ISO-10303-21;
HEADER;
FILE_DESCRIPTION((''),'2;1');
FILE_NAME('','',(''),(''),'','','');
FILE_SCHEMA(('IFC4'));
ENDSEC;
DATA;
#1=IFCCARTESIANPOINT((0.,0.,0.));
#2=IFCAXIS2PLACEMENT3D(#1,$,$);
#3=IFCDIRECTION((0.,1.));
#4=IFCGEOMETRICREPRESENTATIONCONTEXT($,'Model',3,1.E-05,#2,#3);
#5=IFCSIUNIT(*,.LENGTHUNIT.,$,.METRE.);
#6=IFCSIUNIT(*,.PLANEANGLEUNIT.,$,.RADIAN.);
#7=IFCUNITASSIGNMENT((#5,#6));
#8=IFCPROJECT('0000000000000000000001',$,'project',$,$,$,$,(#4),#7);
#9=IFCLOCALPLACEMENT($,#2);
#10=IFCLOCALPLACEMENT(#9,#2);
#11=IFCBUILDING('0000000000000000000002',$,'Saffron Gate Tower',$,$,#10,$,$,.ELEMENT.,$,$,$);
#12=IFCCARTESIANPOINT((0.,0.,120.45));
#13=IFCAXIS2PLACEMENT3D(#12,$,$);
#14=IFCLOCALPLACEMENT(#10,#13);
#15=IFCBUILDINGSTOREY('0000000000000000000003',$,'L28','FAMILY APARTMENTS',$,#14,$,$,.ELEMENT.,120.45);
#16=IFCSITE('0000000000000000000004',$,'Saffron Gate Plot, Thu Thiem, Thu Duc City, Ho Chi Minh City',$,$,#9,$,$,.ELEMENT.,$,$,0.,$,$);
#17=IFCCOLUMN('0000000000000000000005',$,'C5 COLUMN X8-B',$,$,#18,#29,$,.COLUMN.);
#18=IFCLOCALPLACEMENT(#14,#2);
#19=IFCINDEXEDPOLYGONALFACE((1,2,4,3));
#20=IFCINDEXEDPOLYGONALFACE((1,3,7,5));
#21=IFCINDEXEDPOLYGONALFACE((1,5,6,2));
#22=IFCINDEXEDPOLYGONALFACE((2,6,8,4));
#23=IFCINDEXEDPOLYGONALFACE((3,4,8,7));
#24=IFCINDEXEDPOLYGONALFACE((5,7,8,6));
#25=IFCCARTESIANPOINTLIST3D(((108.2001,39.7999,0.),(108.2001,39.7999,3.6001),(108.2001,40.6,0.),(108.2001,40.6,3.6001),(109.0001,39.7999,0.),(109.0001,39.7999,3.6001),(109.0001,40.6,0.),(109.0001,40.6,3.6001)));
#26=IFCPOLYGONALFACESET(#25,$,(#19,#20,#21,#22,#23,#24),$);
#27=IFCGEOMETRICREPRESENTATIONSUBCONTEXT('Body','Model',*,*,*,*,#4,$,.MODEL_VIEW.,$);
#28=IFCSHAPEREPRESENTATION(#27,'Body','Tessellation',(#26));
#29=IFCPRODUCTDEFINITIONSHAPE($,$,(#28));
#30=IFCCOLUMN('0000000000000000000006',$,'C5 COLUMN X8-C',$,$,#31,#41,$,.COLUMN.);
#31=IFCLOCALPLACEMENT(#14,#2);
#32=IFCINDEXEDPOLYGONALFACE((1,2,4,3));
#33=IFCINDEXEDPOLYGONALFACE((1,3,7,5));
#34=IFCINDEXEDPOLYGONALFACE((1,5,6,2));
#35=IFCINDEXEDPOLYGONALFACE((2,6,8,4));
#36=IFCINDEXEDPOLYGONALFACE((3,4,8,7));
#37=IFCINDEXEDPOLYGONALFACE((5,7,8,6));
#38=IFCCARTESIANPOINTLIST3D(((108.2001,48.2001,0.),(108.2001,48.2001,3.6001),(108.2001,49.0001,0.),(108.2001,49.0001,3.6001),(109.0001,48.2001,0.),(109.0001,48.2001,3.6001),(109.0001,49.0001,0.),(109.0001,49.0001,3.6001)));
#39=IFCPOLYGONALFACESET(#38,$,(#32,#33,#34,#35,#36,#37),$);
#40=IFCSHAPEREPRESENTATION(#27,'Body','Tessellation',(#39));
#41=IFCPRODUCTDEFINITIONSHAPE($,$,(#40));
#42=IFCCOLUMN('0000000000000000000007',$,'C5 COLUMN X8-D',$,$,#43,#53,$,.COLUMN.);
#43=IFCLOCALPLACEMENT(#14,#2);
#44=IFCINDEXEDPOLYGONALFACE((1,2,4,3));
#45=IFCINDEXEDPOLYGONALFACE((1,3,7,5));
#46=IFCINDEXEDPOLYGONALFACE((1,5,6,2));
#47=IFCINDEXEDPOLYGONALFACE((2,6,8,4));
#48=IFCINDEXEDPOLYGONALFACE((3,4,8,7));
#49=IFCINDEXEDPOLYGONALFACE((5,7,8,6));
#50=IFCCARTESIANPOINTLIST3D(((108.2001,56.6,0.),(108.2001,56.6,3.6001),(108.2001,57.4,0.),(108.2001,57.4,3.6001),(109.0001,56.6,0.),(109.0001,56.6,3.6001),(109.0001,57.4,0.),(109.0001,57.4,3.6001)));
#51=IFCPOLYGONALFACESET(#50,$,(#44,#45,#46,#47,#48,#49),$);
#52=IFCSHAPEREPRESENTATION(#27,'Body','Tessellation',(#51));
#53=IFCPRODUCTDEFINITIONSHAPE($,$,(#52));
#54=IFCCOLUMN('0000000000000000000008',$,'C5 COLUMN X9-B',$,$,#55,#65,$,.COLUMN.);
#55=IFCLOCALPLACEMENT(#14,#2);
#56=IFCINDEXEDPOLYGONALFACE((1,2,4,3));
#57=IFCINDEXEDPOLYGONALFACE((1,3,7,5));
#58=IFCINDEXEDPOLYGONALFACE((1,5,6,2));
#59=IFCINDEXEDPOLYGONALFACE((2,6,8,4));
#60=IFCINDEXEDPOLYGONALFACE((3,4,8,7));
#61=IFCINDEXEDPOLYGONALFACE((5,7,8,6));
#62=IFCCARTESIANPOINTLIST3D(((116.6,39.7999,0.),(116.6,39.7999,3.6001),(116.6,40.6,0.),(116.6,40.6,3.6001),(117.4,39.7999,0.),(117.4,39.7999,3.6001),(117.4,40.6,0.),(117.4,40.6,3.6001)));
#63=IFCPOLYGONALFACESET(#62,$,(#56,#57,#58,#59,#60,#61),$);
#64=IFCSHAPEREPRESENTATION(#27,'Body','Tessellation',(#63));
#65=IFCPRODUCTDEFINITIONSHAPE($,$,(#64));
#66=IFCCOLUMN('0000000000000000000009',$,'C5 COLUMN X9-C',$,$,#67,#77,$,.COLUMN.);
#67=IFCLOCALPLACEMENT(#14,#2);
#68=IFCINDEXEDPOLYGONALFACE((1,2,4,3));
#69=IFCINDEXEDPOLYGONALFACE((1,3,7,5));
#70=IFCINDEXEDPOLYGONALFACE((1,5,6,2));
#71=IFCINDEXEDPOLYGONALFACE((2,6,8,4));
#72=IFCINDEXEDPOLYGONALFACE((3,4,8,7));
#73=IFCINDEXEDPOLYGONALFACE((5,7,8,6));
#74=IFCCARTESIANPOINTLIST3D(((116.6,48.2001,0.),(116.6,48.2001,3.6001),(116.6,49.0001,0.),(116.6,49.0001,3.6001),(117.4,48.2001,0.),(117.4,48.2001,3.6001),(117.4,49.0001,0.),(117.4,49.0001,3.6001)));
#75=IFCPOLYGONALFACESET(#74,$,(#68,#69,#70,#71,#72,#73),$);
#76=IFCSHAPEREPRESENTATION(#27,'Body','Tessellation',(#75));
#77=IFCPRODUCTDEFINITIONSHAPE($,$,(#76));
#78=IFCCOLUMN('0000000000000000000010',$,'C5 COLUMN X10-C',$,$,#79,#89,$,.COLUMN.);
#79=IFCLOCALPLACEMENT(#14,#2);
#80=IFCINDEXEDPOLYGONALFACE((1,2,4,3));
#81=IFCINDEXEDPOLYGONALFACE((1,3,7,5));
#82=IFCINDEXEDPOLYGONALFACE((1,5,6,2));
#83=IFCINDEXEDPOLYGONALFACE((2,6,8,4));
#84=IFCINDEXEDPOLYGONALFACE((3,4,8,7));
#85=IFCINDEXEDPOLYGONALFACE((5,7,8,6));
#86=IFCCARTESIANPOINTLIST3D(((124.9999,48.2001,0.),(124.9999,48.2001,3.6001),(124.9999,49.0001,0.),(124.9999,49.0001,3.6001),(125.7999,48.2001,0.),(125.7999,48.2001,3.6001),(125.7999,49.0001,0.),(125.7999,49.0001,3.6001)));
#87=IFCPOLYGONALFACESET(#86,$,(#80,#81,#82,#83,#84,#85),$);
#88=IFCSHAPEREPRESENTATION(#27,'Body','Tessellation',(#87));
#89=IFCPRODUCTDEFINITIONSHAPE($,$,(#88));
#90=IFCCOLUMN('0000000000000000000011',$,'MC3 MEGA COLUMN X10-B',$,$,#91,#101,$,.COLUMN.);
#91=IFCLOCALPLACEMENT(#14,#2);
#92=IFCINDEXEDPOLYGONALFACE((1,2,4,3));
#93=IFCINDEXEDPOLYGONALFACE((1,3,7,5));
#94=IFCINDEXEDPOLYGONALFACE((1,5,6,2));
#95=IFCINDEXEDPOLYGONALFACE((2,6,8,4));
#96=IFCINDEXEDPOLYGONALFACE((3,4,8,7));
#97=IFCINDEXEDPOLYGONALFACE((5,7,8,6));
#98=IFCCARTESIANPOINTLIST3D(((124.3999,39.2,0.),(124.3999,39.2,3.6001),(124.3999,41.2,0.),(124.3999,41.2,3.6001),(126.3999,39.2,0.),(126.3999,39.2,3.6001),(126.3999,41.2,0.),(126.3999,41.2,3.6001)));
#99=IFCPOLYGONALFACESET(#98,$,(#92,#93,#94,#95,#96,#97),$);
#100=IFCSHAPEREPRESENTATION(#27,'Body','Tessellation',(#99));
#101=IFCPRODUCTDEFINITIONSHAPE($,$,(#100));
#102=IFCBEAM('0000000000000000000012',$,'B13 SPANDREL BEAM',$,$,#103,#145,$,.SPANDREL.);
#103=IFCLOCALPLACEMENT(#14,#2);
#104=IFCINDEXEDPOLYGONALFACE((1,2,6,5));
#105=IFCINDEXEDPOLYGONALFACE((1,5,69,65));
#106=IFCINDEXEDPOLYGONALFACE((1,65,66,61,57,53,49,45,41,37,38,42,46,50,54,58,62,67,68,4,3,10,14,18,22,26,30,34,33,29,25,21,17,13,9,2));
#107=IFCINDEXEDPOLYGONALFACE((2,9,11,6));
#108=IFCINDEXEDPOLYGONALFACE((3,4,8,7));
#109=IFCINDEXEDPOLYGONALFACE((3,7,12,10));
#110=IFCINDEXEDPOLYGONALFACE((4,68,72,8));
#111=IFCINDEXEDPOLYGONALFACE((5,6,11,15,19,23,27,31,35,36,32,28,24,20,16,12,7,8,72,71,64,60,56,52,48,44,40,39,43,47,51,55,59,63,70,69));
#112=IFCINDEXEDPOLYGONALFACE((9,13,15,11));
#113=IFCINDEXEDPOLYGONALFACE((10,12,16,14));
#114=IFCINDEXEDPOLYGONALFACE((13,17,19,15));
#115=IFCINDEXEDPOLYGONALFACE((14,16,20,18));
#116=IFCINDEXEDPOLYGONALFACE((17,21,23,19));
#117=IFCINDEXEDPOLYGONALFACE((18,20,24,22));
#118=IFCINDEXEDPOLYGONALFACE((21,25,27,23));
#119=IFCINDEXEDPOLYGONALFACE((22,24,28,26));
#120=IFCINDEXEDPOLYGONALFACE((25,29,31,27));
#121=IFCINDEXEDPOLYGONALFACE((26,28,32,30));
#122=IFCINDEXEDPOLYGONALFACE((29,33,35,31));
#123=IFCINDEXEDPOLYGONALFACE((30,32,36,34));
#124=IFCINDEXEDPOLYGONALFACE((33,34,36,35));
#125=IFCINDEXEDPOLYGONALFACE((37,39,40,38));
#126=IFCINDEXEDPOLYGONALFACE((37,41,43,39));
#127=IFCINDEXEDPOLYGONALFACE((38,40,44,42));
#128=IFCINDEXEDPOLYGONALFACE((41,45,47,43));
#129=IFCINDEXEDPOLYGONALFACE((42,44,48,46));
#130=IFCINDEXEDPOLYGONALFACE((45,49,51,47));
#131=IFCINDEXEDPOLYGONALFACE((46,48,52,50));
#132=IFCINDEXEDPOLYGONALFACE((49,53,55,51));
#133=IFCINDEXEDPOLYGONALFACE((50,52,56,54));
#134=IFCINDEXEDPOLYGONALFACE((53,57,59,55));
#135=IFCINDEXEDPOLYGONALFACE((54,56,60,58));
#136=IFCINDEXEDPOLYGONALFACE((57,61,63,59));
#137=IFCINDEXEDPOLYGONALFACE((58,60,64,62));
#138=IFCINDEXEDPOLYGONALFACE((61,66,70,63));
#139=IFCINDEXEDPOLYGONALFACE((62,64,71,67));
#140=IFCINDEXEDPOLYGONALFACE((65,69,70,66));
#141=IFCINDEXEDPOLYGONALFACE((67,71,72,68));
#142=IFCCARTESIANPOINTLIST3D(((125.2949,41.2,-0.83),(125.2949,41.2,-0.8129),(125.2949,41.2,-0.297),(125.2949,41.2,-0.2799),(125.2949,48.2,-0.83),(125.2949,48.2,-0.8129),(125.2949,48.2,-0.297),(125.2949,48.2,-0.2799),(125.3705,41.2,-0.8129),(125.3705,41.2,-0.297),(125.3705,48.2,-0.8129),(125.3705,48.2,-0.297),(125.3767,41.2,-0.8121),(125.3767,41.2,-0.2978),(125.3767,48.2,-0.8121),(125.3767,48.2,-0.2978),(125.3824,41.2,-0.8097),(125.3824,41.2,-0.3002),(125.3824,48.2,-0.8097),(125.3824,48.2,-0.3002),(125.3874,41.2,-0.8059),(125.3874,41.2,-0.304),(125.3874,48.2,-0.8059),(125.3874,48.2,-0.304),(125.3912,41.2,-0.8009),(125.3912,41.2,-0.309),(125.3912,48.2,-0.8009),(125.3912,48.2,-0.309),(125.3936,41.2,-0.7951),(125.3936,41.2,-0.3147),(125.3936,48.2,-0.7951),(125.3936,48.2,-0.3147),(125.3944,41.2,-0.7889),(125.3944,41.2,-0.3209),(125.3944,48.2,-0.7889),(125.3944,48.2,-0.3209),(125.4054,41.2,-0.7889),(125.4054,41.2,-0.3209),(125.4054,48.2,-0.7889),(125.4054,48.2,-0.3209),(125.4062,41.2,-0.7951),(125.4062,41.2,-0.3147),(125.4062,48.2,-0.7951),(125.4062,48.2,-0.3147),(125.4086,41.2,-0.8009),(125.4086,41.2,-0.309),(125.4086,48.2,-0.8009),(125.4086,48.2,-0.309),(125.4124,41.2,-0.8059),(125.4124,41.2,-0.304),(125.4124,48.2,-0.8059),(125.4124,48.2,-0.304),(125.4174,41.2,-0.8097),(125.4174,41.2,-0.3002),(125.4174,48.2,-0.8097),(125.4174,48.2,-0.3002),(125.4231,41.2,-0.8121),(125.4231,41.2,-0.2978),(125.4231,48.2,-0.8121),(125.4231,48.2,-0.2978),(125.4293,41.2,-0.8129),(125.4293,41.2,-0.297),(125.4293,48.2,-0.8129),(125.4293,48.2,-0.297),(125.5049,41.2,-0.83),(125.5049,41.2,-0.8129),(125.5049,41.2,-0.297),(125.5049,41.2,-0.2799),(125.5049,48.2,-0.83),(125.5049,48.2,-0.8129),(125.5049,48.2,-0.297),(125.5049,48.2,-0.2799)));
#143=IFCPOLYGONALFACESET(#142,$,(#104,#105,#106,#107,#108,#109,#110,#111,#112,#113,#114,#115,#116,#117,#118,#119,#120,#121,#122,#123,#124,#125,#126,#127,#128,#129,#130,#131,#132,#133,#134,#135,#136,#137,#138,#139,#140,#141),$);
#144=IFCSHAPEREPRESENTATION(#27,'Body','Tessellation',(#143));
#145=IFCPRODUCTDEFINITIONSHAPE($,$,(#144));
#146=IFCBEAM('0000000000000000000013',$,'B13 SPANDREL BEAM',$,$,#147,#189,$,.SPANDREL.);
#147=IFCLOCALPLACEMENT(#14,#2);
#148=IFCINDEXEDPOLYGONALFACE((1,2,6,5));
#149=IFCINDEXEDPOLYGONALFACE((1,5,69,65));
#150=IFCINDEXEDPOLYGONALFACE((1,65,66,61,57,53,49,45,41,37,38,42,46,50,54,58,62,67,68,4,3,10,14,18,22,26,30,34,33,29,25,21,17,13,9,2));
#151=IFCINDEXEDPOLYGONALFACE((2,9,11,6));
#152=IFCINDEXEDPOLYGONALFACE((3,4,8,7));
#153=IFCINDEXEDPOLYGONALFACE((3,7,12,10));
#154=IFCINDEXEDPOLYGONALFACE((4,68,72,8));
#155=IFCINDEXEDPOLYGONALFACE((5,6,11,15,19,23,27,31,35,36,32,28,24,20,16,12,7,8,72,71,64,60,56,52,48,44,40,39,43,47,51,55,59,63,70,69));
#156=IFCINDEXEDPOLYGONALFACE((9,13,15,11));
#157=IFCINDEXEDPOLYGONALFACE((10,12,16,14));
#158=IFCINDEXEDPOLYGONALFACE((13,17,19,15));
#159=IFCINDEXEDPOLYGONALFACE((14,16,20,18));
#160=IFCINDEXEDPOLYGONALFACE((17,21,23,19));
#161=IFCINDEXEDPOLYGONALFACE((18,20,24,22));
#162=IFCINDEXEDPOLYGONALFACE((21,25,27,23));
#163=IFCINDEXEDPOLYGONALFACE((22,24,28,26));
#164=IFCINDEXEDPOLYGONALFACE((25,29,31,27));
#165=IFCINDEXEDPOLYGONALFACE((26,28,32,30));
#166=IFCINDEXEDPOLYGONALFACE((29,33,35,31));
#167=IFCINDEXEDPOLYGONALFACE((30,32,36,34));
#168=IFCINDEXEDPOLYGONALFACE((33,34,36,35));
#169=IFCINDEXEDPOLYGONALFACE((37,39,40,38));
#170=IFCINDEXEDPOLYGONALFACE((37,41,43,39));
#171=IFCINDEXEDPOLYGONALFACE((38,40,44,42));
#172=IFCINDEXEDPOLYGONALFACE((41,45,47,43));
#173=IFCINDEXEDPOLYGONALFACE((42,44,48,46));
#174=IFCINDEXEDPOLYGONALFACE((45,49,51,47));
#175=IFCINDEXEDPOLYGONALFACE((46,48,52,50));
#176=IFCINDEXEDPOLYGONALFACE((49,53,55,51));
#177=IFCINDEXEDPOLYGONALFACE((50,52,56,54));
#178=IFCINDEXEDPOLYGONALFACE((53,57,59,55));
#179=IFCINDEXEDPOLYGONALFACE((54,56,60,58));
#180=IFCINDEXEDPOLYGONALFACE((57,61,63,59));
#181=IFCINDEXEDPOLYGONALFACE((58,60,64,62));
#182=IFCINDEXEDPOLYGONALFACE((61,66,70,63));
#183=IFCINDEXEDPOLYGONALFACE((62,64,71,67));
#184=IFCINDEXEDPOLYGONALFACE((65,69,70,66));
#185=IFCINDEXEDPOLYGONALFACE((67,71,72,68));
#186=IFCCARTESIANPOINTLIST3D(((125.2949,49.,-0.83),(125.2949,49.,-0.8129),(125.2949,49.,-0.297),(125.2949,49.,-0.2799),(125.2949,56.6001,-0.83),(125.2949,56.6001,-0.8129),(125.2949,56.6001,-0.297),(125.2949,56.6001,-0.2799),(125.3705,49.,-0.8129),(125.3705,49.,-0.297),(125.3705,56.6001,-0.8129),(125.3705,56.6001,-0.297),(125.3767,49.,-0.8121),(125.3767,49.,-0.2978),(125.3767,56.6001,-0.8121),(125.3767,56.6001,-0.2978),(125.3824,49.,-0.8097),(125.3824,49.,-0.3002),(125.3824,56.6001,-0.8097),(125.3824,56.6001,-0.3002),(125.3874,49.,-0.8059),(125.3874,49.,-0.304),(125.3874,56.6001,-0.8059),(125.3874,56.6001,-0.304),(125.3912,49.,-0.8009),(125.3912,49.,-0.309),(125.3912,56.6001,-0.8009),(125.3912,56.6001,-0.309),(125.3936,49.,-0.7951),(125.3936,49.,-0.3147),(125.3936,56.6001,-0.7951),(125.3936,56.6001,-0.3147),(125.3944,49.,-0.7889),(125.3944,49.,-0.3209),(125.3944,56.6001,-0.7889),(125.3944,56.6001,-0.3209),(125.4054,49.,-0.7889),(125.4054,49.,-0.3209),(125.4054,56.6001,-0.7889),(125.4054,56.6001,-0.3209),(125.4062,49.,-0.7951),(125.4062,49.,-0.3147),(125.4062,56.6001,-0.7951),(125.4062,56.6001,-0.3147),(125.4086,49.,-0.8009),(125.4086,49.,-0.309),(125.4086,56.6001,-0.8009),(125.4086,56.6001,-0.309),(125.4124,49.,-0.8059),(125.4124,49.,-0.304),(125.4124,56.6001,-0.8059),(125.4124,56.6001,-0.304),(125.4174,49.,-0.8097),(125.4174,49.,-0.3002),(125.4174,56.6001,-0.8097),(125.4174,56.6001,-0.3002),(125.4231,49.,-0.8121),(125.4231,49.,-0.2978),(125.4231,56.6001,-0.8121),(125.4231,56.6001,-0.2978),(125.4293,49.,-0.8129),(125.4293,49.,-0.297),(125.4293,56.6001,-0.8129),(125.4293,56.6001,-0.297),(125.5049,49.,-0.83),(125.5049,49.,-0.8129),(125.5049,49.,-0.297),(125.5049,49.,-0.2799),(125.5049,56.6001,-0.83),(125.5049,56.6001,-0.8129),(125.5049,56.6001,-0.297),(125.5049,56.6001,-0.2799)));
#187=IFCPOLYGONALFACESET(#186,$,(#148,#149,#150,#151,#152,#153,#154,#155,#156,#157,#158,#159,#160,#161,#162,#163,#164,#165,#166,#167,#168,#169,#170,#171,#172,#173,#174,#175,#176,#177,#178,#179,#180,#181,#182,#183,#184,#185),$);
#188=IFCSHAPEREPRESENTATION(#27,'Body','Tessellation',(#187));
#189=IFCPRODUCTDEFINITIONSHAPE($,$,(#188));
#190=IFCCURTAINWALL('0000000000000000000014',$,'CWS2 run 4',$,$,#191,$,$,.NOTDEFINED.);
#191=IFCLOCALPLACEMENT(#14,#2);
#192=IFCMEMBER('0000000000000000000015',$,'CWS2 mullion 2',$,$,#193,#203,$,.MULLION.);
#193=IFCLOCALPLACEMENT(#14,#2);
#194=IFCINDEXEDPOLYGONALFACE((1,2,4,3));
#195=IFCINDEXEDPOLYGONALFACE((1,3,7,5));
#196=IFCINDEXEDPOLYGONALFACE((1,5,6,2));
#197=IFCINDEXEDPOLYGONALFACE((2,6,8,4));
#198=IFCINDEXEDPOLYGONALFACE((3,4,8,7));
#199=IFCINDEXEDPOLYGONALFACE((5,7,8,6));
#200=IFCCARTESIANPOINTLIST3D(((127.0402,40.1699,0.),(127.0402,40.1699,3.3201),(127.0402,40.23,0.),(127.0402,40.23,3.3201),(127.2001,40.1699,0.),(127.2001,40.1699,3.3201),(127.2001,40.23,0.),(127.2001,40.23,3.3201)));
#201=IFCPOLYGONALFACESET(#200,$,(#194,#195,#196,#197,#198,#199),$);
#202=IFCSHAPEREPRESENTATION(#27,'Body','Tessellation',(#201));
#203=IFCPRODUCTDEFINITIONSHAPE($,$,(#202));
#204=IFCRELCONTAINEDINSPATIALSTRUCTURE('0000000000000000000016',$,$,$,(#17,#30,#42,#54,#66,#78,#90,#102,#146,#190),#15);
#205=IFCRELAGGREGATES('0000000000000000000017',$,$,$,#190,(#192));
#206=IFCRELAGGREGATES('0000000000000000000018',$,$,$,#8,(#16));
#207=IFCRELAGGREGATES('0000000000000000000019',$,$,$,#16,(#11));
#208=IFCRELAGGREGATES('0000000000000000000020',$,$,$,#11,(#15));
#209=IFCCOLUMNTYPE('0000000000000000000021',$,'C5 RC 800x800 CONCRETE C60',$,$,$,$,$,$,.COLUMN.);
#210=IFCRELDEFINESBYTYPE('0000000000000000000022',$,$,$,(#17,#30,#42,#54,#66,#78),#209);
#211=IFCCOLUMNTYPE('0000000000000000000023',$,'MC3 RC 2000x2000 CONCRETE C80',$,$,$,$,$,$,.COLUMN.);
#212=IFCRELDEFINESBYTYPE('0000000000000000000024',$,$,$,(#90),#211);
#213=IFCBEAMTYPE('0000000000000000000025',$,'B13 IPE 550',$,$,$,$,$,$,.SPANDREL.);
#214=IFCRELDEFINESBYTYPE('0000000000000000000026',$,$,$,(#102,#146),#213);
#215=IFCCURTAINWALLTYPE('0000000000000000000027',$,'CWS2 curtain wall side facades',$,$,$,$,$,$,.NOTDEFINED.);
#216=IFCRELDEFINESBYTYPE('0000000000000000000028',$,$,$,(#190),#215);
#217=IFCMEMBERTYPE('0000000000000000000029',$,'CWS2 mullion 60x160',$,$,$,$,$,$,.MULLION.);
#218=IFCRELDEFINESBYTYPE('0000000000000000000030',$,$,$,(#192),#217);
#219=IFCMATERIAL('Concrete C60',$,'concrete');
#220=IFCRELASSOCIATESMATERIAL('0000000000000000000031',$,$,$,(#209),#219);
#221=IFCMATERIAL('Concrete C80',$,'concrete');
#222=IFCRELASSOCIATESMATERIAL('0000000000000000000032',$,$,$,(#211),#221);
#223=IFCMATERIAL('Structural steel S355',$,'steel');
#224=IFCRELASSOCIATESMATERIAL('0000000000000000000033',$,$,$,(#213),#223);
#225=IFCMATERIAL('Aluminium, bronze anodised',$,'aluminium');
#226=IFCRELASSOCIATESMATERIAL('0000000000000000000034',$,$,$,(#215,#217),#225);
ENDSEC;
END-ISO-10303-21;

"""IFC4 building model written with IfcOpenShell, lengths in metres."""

from ifc_helpers import new_model, si_unit, direction, frame, origin, origin_2d, place, context, subcontext, project, spatial, rectangle, i_section, extrude, material, material_profile, profile_set, type_object, element, aggregate, save


model = new_model("IFC4")

# Units and contexts
model_context = context("Model", 3, precision=1e-05, world=origin(), true_north=direction((0.0, 1.0)))
body_context = subcontext(model_context, "Body", "Model", "MODEL_VIEW")
ifc_project = project(units=[si_unit("LENGTHUNIT", "METRE"), si_unit("PLANEANGLEUNIT", "RADIAN")], contexts=[model_context])

# Site, building, storey
site_placement = place(None, origin())
site = spatial("IfcSite", under=ifc_project, at=site_placement, Name="Saffron Gate Plot, Thu Thiem, Thu Duc City, Ho Chi Minh City", CompositionType="ELEMENT", RefElevation=0.0)
building_placement = place(site_placement, origin())
building = spatial("IfcBuilding", under=site, at=building_placement, Name="Saffron Gate Tower", CompositionType="ELEMENT")
storey_placement = place(building_placement, frame((0.0, 0.0, 120.45)))
storey = spatial("IfcBuildingStorey", under=building, at=storey_placement, Name="L28", Description="FAMILY APARTMENTS", CompositionType="ELEMENT", Elevation=120.45)

# Columns
ifc_material_1 = material(Name="Concrete C60", Category="concrete")
ifc_material_profile_1 = material_profile(ifc_material_1, rectangle(XDim=0.8, YDim=0.8, at=origin_2d()))
ifc_profile_set_1 = profile_set([ifc_material_profile_1], Name="Concrete C60")
column_type_1 = type_object("IfcColumnType", Name="C5 RC 800x800 CONCRETE C60", PredefinedType="COLUMN", material=ifc_profile_set_1)
for number, where, z_axis, x_axis, name in (
    (1, (108.6001, 40.2, 0.0), (0.0, 0.0, 1.0), (1.0, 0.0, 0.0), "C5 COLUMN X8-B"),
    (2, (108.6001, 48.6001, 0.0), (0.0, 0.0, 1.0), (1.0, 0.0, 0.0), "C5 COLUMN X8-C"),
    (3, (108.6001, 57.0, 0.0), (0.0, 0.0, 1.0), (1.0, 0.0, 0.0), "C5 COLUMN X8-D"),
    (4, (117.0, 40.2, 0.0), (0.0, 0.0, 1.0), (1.0, 0.0, 0.0), "C5 COLUMN X9-B"),
    (5, (117.0, 48.6001, 0.0), (0.0, 0.0, 1.0), (1.0, 0.0, 0.0), "C5 COLUMN X9-C"),
    (6, (125.3999, 48.6001, 0.0), (0.0, 0.0, 1.0), (1.0, 0.0, 0.0), "C5 COLUMN X10-C"),
):
    element("IfcColumn", number, at=place(storey_placement, frame(where, z_axis=z_axis, x_axis=x_axis)), inside=storey, type_object=column_type_1, Name=name, PredefinedType="COLUMN", context=body_context, shape_type="SweptSolid", body=[
        extrude(rectangle(XDim=0.8, YDim=0.8, at=origin_2d()), origin(), (0.0, 0.0, 1.0), 3.6001),
    ])
ifc_material_2 = material(Name="Concrete C80", Category="concrete")
ifc_material_profile_2 = material_profile(ifc_material_2, rectangle(XDim=2.0, YDim=2.0, at=origin_2d()))
ifc_profile_set_2 = profile_set([ifc_material_profile_2], Name="Concrete C80")
column_type_2 = type_object("IfcColumnType", Name="MC3 RC 2000x2000 CONCRETE C80", PredefinedType="COLUMN", material=ifc_profile_set_2)
column_placement = place(storey_placement, frame((125.3999, 40.2, 0.0), z_axis=(0.0, 0.0, 1.0), x_axis=(1.0, 0.0, 0.0)))
element("IfcColumn", 7, at=column_placement, inside=storey, type_object=column_type_2, Name="MC3 MEGA COLUMN X10-B", PredefinedType="COLUMN", context=body_context, shape_type="SweptSolid", body=[
    extrude(rectangle(XDim=2.0, YDim=2.0, at=origin_2d()), origin(), (0.0, 0.0, 1.0), 3.6001),
])

# Beams
ifc_material_3 = material(Name="Structural steel S355", Category="steel")
ifc_material_profile_3 = material_profile(ifc_material_3, i_section(OverallWidth=0.21, OverallDepth=0.55, WebThickness=0.011, FlangeThickness=0.0171, FilletRadius=0.0239, at=origin_2d()))
ifc_profile_set_3 = profile_set([ifc_material_profile_3], Name="Structural steel S355")
beam_type = type_object("IfcBeamType", Name="B13 IPE 550", PredefinedType="SPANDREL", material=ifc_profile_set_3)
beam_1_placement = place(storey_placement, frame((125.3999, 41.2, -0.5549), z_axis=(0.0, 1.0, 0.0), x_axis=(-1.0, 0.0, 0.0)))
element("IfcBeam", 8, at=beam_1_placement, inside=storey, type_object=beam_type, Name="B13 SPANDREL BEAM", PredefinedType="SPANDREL", context=body_context, shape_type="SweptSolid", body=[
    extrude(i_section(OverallWidth=0.21, OverallDepth=0.55, WebThickness=0.011, FlangeThickness=0.0171, FilletRadius=0.0239, at=origin_2d()), origin(), (0.0, 0.0, 1.0), 7.0),
])
beam_2_placement = place(storey_placement, frame((125.3999, 49.0, -0.5549), z_axis=(0.0, 1.0, 0.0), x_axis=(-1.0, 0.0, 0.0)))
element("IfcBeam", 9, at=beam_2_placement, inside=storey, type_object=beam_type, Name="B13 SPANDREL BEAM", PredefinedType="SPANDREL", context=body_context, shape_type="SweptSolid", body=[
    extrude(i_section(OverallWidth=0.21, OverallDepth=0.55, WebThickness=0.011, FlangeThickness=0.0171, FilletRadius=0.0239, at=origin_2d()), origin(), (0.0, 0.0, 1.0), 7.6001),
])

# Curtain wall, member
ifc_material_4 = material(Name="Aluminium, bronze anodised", Category="aluminium")
curtain_wall_type = type_object("IfcCurtainWallType", Name="CWS2 curtain wall side facades", PredefinedType="NOTDEFINED", material=ifc_material_4)
curtain_wall_placement = place(storey_placement, origin())
curtain_wall = element("IfcCurtainWall", 10, at=curtain_wall_placement, inside=storey, type_object=curtain_wall_type, Name="CWS2 run 4", PredefinedType="NOTDEFINED")
ifc_material_profile_4 = material_profile(ifc_material_4, rectangle(XDim=0.1599, YDim=0.0601, at=origin_2d()))
ifc_profile_set_4 = profile_set([ifc_material_profile_4], Name="Aluminium, bronze anodised")
member_type = type_object("IfcMemberType", Name="CWS2 mullion 60x160", PredefinedType="MULLION", material=ifc_profile_set_4)
member_1_placement = place(storey_placement, frame((127.1201, 40.2, 0.0), z_axis=(0.0, 0.0, 1.0), x_axis=(-1.0, 0.0, 0.0)))
member_1 = element("IfcMember", 11, at=member_1_placement, type_object=member_type, Name="CWS2 mullion 2", PredefinedType="MULLION", context=body_context, shape_type="SweptSolid", body=[
    extrude(rectangle(XDim=0.1599, YDim=0.0601, at=origin_2d()), origin(), (0.0, 0.0, 1.0), 3.3201),
])
aggregate(curtain_wall, [member_1])

save(model, "model.ifc")
